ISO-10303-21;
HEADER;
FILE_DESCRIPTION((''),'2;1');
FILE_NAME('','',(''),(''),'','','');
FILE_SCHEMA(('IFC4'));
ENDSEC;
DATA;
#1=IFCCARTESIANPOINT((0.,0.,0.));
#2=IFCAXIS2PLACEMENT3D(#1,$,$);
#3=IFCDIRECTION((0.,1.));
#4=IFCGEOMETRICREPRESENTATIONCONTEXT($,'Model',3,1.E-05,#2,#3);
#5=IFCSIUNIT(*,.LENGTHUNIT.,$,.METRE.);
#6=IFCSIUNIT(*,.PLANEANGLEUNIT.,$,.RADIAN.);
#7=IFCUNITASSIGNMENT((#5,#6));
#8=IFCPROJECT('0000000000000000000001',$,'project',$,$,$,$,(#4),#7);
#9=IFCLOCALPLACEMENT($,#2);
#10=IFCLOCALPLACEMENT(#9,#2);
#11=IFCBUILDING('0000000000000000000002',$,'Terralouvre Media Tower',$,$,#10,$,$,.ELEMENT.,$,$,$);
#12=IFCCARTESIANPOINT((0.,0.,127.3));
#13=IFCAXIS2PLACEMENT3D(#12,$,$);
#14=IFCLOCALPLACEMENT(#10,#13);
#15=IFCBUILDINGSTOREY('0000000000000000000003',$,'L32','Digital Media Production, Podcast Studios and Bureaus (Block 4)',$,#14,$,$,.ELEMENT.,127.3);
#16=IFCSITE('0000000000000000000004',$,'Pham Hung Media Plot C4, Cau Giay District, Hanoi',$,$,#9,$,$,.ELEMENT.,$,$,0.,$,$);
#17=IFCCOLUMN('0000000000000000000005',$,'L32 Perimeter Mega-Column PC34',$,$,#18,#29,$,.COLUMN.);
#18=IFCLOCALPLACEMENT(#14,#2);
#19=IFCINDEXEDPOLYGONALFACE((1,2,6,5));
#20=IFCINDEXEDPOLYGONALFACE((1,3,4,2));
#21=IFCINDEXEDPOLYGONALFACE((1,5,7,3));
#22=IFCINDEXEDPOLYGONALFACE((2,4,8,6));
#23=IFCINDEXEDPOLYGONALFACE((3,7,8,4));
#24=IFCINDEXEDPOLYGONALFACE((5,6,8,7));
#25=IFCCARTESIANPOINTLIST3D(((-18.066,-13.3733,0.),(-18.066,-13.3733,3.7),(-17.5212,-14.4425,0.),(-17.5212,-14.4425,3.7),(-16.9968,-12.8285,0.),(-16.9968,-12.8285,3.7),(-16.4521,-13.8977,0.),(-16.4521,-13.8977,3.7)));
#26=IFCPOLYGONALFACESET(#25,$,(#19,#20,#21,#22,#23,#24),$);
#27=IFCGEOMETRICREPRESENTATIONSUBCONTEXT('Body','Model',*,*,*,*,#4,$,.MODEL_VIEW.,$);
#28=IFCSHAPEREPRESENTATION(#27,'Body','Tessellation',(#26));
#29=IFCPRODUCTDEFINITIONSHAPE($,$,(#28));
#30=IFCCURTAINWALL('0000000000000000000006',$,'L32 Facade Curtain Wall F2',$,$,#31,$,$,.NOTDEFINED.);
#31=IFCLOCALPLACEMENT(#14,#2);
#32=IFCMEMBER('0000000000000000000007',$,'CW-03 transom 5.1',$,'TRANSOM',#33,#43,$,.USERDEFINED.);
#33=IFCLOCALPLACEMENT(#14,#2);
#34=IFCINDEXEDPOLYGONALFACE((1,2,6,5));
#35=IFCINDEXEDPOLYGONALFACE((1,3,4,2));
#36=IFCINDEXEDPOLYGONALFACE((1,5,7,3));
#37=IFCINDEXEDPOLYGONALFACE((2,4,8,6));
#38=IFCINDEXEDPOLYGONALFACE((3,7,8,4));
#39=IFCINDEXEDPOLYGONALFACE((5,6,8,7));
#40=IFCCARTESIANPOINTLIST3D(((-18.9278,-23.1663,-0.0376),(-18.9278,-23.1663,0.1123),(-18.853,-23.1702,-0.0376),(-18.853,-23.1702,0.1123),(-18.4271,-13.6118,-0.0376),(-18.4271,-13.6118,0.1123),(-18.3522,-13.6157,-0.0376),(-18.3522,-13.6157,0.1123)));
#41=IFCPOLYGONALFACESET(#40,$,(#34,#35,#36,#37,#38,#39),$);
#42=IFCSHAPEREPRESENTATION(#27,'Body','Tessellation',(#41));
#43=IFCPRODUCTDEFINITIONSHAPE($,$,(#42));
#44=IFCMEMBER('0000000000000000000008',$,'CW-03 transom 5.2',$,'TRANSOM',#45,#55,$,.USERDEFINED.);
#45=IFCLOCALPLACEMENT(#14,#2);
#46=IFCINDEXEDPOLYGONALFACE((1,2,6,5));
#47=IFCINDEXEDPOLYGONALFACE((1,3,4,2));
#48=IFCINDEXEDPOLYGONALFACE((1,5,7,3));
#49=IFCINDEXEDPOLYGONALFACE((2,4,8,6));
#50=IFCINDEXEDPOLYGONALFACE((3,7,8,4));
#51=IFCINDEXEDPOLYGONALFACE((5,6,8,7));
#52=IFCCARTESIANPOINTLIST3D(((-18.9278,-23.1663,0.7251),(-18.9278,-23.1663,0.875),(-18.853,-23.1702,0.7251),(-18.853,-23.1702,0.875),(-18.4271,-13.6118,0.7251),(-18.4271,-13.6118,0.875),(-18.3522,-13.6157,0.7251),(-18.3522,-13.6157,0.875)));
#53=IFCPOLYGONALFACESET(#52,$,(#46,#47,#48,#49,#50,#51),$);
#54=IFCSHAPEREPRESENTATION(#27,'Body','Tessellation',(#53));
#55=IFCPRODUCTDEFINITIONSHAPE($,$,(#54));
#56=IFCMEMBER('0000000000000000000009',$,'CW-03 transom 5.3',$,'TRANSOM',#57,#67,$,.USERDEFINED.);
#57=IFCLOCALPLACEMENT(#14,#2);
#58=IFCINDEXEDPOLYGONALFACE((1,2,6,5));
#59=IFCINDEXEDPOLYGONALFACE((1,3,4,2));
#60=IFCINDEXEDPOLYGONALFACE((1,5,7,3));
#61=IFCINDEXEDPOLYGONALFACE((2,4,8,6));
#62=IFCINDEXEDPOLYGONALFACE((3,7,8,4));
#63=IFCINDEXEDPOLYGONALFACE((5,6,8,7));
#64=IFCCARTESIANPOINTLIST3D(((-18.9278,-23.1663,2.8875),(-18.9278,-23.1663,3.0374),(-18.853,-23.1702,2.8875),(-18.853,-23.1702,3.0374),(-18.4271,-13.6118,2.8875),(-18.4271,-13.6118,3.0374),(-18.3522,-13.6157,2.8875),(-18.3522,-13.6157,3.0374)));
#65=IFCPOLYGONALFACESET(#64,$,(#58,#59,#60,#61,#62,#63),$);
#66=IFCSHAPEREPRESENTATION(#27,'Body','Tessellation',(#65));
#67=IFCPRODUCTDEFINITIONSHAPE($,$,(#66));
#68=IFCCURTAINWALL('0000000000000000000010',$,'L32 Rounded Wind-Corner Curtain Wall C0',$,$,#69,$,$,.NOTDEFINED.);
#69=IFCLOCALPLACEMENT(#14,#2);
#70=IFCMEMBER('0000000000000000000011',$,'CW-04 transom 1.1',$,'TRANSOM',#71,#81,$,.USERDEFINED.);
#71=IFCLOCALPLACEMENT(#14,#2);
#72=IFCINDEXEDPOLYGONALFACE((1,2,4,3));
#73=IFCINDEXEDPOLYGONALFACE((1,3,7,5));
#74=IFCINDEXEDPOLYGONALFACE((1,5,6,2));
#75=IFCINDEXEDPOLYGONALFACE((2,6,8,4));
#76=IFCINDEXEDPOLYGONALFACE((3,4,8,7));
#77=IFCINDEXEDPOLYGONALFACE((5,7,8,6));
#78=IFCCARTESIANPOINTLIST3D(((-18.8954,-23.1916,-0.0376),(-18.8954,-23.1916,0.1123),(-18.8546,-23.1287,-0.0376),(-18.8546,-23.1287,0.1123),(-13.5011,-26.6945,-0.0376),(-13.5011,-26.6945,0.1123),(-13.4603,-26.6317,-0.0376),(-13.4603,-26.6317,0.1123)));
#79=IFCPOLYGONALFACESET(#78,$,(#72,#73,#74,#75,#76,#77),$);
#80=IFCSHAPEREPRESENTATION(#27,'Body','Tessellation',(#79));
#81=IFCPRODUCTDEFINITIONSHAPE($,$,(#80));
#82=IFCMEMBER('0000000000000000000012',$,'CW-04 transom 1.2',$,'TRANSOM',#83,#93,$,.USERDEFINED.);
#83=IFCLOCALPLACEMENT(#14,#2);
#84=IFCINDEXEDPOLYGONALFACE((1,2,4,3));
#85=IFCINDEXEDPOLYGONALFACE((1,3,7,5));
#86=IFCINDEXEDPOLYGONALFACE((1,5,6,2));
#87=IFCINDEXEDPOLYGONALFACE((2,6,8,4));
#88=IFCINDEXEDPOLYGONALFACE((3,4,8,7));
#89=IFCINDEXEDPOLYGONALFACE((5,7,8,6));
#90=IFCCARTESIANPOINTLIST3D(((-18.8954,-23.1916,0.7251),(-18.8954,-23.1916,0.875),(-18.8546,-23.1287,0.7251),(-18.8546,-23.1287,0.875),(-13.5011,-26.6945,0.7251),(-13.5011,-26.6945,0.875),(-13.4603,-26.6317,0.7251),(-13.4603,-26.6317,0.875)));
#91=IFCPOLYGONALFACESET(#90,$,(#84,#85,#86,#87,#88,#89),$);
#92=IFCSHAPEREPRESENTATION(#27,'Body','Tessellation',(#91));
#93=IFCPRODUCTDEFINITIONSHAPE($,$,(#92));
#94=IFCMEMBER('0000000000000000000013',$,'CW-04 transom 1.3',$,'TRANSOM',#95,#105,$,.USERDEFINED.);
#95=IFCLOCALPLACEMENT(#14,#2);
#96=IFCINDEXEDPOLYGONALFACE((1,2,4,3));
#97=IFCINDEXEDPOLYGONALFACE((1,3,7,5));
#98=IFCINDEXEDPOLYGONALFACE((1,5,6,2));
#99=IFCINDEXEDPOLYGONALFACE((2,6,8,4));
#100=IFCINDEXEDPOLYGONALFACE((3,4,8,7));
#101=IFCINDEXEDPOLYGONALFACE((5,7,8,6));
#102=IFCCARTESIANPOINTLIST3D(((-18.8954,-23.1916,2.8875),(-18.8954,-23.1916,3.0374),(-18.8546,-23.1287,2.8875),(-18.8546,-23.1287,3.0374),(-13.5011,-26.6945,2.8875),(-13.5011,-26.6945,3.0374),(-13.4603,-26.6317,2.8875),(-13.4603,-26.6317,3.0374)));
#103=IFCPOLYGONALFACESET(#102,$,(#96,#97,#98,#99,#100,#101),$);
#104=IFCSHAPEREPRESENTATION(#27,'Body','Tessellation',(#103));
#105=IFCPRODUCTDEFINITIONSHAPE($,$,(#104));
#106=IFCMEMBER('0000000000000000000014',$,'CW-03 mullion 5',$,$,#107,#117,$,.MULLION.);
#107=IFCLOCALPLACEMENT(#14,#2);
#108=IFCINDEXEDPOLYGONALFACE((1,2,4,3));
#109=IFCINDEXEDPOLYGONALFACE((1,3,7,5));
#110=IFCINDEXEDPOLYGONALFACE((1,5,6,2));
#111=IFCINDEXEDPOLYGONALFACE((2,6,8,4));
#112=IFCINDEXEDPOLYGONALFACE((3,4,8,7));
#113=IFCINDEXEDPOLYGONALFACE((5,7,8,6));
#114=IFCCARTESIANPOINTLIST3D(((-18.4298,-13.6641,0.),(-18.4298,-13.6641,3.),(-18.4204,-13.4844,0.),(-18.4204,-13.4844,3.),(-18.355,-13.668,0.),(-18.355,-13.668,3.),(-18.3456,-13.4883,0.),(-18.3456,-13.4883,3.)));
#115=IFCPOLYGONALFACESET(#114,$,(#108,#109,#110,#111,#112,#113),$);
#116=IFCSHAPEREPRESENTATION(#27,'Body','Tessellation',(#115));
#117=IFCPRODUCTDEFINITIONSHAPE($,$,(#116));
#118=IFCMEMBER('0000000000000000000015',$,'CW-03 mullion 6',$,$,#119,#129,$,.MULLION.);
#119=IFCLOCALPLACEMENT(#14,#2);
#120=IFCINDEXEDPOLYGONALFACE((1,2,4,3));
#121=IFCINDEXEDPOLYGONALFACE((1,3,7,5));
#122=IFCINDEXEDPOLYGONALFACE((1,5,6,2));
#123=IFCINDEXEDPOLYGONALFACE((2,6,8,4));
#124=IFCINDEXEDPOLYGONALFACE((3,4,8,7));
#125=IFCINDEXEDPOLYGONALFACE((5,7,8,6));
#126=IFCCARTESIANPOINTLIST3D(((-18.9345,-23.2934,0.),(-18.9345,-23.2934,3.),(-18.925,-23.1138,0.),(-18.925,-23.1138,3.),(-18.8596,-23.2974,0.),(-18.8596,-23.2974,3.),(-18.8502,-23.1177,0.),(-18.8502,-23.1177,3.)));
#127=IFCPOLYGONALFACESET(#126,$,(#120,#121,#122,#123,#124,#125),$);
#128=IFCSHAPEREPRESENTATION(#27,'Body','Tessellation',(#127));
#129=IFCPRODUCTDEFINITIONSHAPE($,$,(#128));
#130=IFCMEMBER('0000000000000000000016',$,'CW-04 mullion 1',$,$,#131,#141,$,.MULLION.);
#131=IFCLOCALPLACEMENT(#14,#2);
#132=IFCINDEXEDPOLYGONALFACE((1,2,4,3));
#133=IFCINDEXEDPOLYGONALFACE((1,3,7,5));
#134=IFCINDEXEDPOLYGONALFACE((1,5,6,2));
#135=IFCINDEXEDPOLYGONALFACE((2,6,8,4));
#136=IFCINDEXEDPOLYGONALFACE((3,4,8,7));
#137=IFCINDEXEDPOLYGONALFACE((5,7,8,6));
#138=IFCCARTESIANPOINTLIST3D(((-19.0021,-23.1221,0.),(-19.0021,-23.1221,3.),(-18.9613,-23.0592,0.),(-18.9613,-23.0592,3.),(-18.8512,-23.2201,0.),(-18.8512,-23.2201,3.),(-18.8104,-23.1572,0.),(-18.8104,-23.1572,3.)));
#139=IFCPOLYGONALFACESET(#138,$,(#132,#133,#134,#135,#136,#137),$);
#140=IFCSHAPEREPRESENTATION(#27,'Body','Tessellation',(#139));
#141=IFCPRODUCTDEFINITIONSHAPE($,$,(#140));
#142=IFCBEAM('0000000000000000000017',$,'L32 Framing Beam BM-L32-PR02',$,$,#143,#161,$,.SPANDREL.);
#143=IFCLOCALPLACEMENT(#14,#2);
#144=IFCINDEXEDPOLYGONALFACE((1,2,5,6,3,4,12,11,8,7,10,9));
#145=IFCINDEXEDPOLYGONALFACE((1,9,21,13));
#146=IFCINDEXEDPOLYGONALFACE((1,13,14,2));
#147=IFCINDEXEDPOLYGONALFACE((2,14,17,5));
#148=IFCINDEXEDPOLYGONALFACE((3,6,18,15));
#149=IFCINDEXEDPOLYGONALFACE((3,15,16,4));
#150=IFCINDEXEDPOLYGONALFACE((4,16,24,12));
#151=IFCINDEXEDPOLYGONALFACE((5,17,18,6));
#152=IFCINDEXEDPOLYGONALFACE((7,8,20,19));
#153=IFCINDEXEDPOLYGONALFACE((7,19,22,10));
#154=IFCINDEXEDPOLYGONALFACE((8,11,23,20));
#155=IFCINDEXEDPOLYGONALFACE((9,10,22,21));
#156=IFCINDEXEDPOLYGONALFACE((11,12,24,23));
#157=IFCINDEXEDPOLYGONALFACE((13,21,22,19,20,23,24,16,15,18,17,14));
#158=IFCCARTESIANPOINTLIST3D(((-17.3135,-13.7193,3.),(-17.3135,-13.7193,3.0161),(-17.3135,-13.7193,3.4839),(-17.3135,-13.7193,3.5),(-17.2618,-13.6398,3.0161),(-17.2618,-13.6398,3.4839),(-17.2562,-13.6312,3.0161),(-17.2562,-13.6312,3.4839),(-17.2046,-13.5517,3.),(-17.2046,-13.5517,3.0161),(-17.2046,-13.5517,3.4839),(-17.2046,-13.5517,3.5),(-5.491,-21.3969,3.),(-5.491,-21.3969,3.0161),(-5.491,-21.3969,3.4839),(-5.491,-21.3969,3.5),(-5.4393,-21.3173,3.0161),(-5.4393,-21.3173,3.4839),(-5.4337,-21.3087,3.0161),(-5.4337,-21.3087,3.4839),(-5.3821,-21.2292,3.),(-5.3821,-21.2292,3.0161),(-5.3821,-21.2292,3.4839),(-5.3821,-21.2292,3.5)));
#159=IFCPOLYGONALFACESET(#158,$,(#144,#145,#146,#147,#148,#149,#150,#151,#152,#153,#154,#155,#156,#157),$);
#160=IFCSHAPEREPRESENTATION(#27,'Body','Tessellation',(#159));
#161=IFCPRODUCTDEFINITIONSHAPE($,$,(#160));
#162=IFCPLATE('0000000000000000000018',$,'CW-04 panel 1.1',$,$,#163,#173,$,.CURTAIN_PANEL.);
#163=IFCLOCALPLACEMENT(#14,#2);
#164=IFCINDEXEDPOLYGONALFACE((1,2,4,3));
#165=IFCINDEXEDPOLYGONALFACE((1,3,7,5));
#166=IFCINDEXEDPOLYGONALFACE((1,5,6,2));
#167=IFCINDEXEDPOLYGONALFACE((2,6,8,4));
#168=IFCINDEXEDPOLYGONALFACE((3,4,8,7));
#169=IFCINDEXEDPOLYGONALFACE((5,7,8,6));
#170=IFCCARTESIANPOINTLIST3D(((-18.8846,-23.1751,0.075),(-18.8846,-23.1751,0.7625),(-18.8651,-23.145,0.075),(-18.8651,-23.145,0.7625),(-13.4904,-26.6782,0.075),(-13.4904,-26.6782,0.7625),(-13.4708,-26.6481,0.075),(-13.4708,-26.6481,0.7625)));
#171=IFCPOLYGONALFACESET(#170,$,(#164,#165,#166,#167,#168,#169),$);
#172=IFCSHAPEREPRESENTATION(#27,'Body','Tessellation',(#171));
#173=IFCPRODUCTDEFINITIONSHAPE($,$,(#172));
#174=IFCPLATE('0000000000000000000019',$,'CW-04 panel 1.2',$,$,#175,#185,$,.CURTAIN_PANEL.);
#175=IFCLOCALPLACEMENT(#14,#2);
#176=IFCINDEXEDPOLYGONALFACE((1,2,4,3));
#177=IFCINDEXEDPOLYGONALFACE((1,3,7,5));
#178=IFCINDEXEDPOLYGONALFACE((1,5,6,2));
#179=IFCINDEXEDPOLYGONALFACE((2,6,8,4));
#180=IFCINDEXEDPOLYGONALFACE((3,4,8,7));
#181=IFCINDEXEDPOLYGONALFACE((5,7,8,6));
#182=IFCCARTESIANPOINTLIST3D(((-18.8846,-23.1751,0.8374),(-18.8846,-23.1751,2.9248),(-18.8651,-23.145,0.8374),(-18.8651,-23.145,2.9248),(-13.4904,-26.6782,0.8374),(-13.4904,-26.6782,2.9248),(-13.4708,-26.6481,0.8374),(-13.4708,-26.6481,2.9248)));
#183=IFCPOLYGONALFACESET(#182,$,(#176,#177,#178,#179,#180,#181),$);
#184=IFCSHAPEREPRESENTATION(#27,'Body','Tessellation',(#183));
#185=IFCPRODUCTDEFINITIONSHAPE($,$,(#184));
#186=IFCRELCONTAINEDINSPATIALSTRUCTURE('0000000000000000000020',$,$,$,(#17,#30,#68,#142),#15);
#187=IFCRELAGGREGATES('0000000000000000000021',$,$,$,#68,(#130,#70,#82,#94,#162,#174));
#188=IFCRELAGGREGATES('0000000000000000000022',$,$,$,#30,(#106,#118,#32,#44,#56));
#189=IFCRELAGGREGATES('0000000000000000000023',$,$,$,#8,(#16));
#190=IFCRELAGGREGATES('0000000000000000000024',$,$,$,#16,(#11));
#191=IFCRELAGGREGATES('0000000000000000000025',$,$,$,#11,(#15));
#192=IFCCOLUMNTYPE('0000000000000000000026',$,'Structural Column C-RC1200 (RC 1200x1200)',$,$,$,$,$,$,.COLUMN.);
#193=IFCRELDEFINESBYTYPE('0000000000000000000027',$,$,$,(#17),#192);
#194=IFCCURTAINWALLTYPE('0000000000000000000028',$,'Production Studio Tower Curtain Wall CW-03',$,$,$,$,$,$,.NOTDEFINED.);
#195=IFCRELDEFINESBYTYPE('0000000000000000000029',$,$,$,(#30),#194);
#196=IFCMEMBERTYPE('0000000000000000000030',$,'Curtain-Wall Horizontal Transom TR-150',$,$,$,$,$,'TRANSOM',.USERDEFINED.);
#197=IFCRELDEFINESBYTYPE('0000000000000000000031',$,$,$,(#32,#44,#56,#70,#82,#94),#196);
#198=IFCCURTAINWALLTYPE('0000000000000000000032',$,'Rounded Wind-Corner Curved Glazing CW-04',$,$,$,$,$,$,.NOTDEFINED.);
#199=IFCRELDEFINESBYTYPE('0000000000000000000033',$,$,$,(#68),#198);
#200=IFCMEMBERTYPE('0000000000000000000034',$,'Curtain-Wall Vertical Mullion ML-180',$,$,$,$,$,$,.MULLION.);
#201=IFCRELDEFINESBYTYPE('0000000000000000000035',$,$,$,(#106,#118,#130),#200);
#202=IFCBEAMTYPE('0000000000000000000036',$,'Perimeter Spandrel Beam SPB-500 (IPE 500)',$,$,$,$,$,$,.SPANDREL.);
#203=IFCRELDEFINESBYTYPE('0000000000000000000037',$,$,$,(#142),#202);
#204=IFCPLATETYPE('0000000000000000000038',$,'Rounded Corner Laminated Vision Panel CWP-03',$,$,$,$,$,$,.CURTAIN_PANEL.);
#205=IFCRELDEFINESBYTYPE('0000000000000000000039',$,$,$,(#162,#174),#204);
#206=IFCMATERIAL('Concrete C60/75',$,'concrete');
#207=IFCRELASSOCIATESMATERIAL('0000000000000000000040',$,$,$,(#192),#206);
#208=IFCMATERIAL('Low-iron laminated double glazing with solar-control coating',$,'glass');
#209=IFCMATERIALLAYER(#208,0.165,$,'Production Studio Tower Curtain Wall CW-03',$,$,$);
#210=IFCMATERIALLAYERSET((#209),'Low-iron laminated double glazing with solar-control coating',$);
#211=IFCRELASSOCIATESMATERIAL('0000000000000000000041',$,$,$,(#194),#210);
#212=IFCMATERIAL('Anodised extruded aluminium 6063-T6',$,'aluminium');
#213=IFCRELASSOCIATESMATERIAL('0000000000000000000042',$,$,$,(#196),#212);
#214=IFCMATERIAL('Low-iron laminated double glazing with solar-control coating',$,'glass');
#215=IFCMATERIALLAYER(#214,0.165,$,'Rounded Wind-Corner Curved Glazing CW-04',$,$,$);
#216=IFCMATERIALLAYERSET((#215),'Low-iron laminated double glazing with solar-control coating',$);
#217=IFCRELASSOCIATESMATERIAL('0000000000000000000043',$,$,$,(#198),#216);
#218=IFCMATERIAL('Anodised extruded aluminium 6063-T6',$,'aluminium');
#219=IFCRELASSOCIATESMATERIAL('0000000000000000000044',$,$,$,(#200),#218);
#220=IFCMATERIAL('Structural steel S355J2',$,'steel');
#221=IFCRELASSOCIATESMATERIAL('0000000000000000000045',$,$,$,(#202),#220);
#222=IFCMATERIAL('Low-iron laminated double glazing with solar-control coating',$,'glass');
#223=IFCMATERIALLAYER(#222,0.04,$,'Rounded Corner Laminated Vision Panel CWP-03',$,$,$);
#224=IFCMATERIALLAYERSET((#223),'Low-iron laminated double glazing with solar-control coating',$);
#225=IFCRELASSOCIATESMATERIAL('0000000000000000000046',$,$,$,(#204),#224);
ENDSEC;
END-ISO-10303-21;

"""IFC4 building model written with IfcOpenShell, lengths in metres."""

from ifc_helpers import new_model, si_unit, direction, frame, origin, origin_2d, place, context, subcontext, project, spatial, rectangle, i_section, extrude, material, layer, layer_set, material_profile, profile_set, type_object, element, aggregate, save


model = new_model("IFC4")

# Units and contexts
model_context = context("Model", 3, precision=1e-05, world=origin(), true_north=direction((0.0, 1.0)))
body_context = subcontext(model_context, "Body", "Model", "MODEL_VIEW")
ifc_project = project(units=[si_unit("LENGTHUNIT", "METRE"), si_unit("PLANEANGLEUNIT", "RADIAN")], contexts=[model_context])

# Site, building, storey
site_placement = place(None, origin())
site = spatial("IfcSite", under=ifc_project, at=site_placement, Name="Pham Hung Media Plot C4, Cau Giay District, Hanoi", CompositionType="ELEMENT", RefElevation=0.0)
building_placement = place(site_placement, origin())
building = spatial("IfcBuilding", under=site, at=building_placement, Name="Terralouvre Media Tower", CompositionType="ELEMENT")
storey_placement = place(building_placement, frame((0.0, 0.0, 127.3)))
storey = spatial("IfcBuildingStorey", under=building, at=storey_placement, Name="L32", Description="Digital Media Production, Podcast Studios and Bureaus (Block 4)", CompositionType="ELEMENT", Elevation=127.3)

# Column
ifc_material_1 = material(Name="Concrete C60/75", Category="concrete")
ifc_material_profile_1 = material_profile(ifc_material_1, rectangle(XDim=1.2, YDim=1.2, at=origin_2d()), Name="RC 1200x1200")
ifc_profile_set_1 = profile_set([ifc_material_profile_1], Name="Concrete C60/75")
column_type = type_object("IfcColumnType", Name="Structural Column C-RC1200 (RC 1200x1200)", PredefinedType="COLUMN", material=ifc_profile_set_1)
column_placement = place(storey_placement, frame((-17.259, -13.6355, 0.0), z_axis=(0.0, 0.0, 1.0), x_axis=(0.891007, 0.45399, 0.0)))
element("IfcColumn", 1, at=column_placement, inside=storey, type_object=column_type, Name="L32 Perimeter Mega-Column PC34", PredefinedType="COLUMN", context=body_context, shape_type="SweptSolid", body=[
    extrude(rectangle(XDim=1.2, YDim=1.2, at=origin_2d()), origin(), (0.0, 0.0, 1.0), 3.7),
])

# Curtain walls, members
ifc_material_2 = material(Name="Low-iron laminated double glazing with solar-control coating", Category="glass")
ifc_layer_1 = layer(ifc_material_2, 0.165, Name="Production Studio Tower Curtain Wall CW-03")
ifc_layer_set_1 = layer_set([ifc_layer_1], Name="Low-iron laminated double glazing with solar-control coating")
curtain_wall_type_1 = type_object("IfcCurtainWallType", Name="Production Studio Tower Curtain Wall CW-03", PredefinedType="NOTDEFINED", material=ifc_layer_set_1)
curtain_wall_1_placement = place(storey_placement, origin())
curtain_wall_1 = element("IfcCurtainWall", 2, at=curtain_wall_1_placement, inside=storey, type_object=curtain_wall_type_1, Name="L32 Facade Curtain Wall F2", PredefinedType="NOTDEFINED")
ifc_material_3 = material(Name="Anodised extruded aluminium 6063-T6", Category="aluminium")
ifc_material_profile_2 = material_profile(ifc_material_3, rectangle(XDim=0.075, YDim=0.1499, at=origin_2d()), Name="ALU 75x150")
ifc_profile_set_2 = profile_set([ifc_material_profile_2], Name="Anodised extruded aluminium 6063-T6")
member_type_1 = type_object("IfcMemberType", Name="Curtain-Wall Horizontal Transom TR-150", ElementType="TRANSOM", PredefinedType="USERDEFINED", material=ifc_profile_set_2)
member_1_placement = place(storey_placement, frame((-18.3896, -13.6138, 0.0374), z_axis=(-0.052337, -0.99863, 0.0), x_axis=(0.99863, -0.052337, 0.0)))
member_1 = element("IfcMember", 3, at=member_1_placement, type_object=member_type_1, Name="CW-03 transom 5.1", ObjectType="TRANSOM", PredefinedType="USERDEFINED", context=body_context, shape_type="SweptSolid", body=[
    extrude(rectangle(XDim=0.075, YDim=0.1499, at=origin_2d()), origin(), (0.0, 0.0, 1.0), 9.5676),
])
member_2_placement = place(storey_placement, frame((-18.3896, -13.6138, 0.8), z_axis=(-0.052337, -0.99863, 0.0), x_axis=(0.99863, -0.052337, 0.0)))
member_2 = element("IfcMember", 4, at=member_2_placement, type_object=member_type_1, Name="CW-03 transom 5.2", ObjectType="TRANSOM", PredefinedType="USERDEFINED", context=body_context, shape_type="SweptSolid", body=[
    extrude(rectangle(XDim=0.075, YDim=0.1499, at=origin_2d()), origin(), (0.0, 0.0, 1.0), 9.5676),
])
member_3_placement = place(storey_placement, frame((-18.3896, -13.6138, 2.9624), z_axis=(-0.052337, -0.99863, 0.0), x_axis=(0.99863, -0.052337, 0.0)))
member_3 = element("IfcMember", 5, at=member_3_placement, type_object=member_type_1, Name="CW-03 transom 5.3", ObjectType="TRANSOM", PredefinedType="USERDEFINED", context=body_context, shape_type="SweptSolid", body=[
    extrude(rectangle(XDim=0.075, YDim=0.1499, at=origin_2d()), origin(), (0.0, 0.0, 1.0), 9.5676),
])
ifc_material_4 = material(Name="Low-iron laminated double glazing with solar-control coating", Category="glass")
ifc_layer_2 = layer(ifc_material_4, 0.165, Name="Rounded Wind-Corner Curved Glazing CW-04")
ifc_layer_set_2 = layer_set([ifc_layer_2], Name="Low-iron laminated double glazing with solar-control coating")
curtain_wall_type_2 = type_object("IfcCurtainWallType", Name="Rounded Wind-Corner Curved Glazing CW-04", PredefinedType="NOTDEFINED", material=ifc_layer_set_2)
curtain_wall_2_placement = place(storey_placement, origin())
curtain_wall_2 = element("IfcCurtainWall", 6, at=curtain_wall_2_placement, inside=storey, type_object=curtain_wall_type_2, Name="L32 Rounded Wind-Corner Curtain Wall C0", PredefinedType="NOTDEFINED")
member_4_placement = place(storey_placement, frame((-18.875, -23.1602, 0.0374), z_axis=(0.838682, -0.544621, 0.0), x_axis=(0.544621, 0.838682, 0.0)))
member_4 = element("IfcMember", 7, at=member_4_placement, type_object=member_type_1, Name="CW-04 transom 1.1", ObjectType="TRANSOM", PredefinedType="USERDEFINED", context=body_context, shape_type="SweptSolid", body=[
    extrude(rectangle(XDim=0.075, YDim=0.1499, at=origin_2d()), origin(), (0.0, 0.0, 1.0), 6.4319),
])
member_5_placement = place(storey_placement, frame((-18.875, -23.1602, 0.8), z_axis=(0.838682, -0.544621, 0.0), x_axis=(0.544621, 0.838682, 0.0)))
member_5 = element("IfcMember", 8, at=member_5_placement, type_object=member_type_1, Name="CW-04 transom 1.2", ObjectType="TRANSOM", PredefinedType="USERDEFINED", context=body_context, shape_type="SweptSolid", body=[
    extrude(rectangle(XDim=0.075, YDim=0.1499, at=origin_2d()), origin(), (0.0, 0.0, 1.0), 6.4319),
])
member_6_placement = place(storey_placement, frame((-18.875, -23.1602, 2.9624), z_axis=(0.838682, -0.544621, 0.0), x_axis=(0.544621, 0.838682, 0.0)))
member_6 = element("IfcMember", 9, at=member_6_placement, type_object=member_type_1, Name="CW-04 transom 1.3", ObjectType="TRANSOM", PredefinedType="USERDEFINED", context=body_context, shape_type="SweptSolid", body=[
    extrude(rectangle(XDim=0.075, YDim=0.1499, at=origin_2d()), origin(), (0.0, 0.0, 1.0), 6.4319),
])

# Members
ifc_material_5 = material(Name="Anodised extruded aluminium 6063-T6", Category="aluminium")
ifc_material_profile_3 = material_profile(ifc_material_5, rectangle(XDim=0.075, YDim=0.1799, at=origin_2d()), Name="ALU 75x180")
ifc_profile_set_3 = profile_set([ifc_material_profile_3], Name="Anodised extruded aluminium 6063-T6")
member_type_2 = type_object("IfcMemberType", Name="Curtain-Wall Vertical Mullion ML-180", PredefinedType="MULLION", material=ifc_profile_set_3)
member_7_placement = place(storey_placement, frame((-18.3877, -13.5762, 0.0), z_axis=(0.0, 0.0, 1.0), x_axis=(0.99863, -0.052336, 0.0)))
member_7 = element("IfcMember", 10, at=member_7_placement, type_object=member_type_2, Name="CW-03 mullion 5", PredefinedType="MULLION", context=body_context, shape_type="SweptSolid", body=[
    extrude(rectangle(XDim=0.075, YDim=0.1799, at=origin_2d()), origin(), (0.0, 0.0, 1.0), 3.0),
])
member_8_placement = place(storey_placement, frame((-18.8923, -23.2056, 0.0), z_axis=(0.0, 0.0, 1.0), x_axis=(0.99863, -0.052336, 0.0)))
member_8 = element("IfcMember", 11, at=member_8_placement, type_object=member_type_2, Name="CW-03 mullion 6", PredefinedType="MULLION", context=body_context, shape_type="SweptSolid", body=[
    extrude(rectangle(XDim=0.075, YDim=0.1799, at=origin_2d()), origin(), (0.0, 0.0, 1.0), 3.0),
])
member_9_placement = place(storey_placement, frame((-18.9062, -23.1396, 0.0), z_axis=(0.0, 0.0, 1.0), x_axis=(0.544639, 0.83867, 0.0)))
member_9 = element("IfcMember", 12, at=member_9_placement, type_object=member_type_2, Name="CW-04 mullion 1", PredefinedType="MULLION", context=body_context, shape_type="SweptSolid", body=[
    extrude(rectangle(XDim=0.075, YDim=0.1799, at=origin_2d()), origin(), (0.0, 0.0, 1.0), 3.0),
])

# Beam
ifc_material_6 = material(Name="Structural steel S355J2", Category="steel")
ifc_material_profile_4 = material_profile(ifc_material_6, i_section(OverallWidth=0.2, OverallDepth=0.5, WebThickness=0.0103, FlangeThickness=0.0161, at=origin_2d()), Name="IPE 500")
ifc_profile_set_4 = profile_set([ifc_material_profile_4], Name="Structural steel S355J2")
beam_type = type_object("IfcBeamType", Name="Perimeter Spandrel Beam SPB-500 (IPE 500)", PredefinedType="SPANDREL", material=ifc_profile_set_4)
beam_placement = place(storey_placement, frame((-17.259, -13.6355, 3.25), z_axis=(0.838675, -0.544632, 0.0), x_axis=(0.544632, 0.838675, 0.0)))
element("IfcBeam", 13, at=beam_placement, inside=storey, type_object=beam_type, Name="L32 Framing Beam BM-L32-PR02", PredefinedType="SPANDREL", context=body_context, shape_type="SweptSolid", body=[
    extrude(i_section(OverallWidth=0.2, OverallDepth=0.5, WebThickness=0.0103, FlangeThickness=0.0161, at=origin_2d()), origin(), (0.0, 0.0, 1.0), 14.0967),
])

# Plates
ifc_material_7 = material(Name="Low-iron laminated double glazing with solar-control coating", Category="glass")
ifc_layer_3 = layer(ifc_material_7, 0.04, Name="Rounded Corner Laminated Vision Panel CWP-03")
ifc_layer_set_3 = layer_set([ifc_layer_3], Name="Low-iron laminated double glazing with solar-control coating")
plate_type_1 = type_object("IfcPlateType", Name="Rounded Corner Laminated Vision Panel CWP-03", PredefinedType="CURTAIN_PANEL", material=ifc_layer_set_3)
plate_1_placement = place(storey_placement, frame((-16.1777, -24.9116, 0.075), z_axis=(0.0, 0.0, 1.0), x_axis=(0.83867, -0.544639, 0.0)))
plate_1 = element("IfcPlate", 14, at=plate_1_placement, type_object=plate_type_1, Name="CW-04 panel 1.1", PredefinedType="CURTAIN_PANEL", context=body_context, shape_type="SweptSolid", body=[
    extrude(rectangle(XDim=6.4319, YDim=0.0359, at=origin_2d()), origin(), (0.0, 0.0, 1.0), 0.6875),
])
plate_2_placement = place(storey_placement, frame((-16.1777, -24.9116, 0.8374), z_axis=(0.0, 0.0, 1.0), x_axis=(0.83867, -0.544639, 0.0)))
plate_2 = element("IfcPlate", 15, at=plate_2_placement, type_object=plate_type_1, Name="CW-04 panel 1.2", PredefinedType="CURTAIN_PANEL", context=body_context, shape_type="SweptSolid", body=[
    extrude(rectangle(XDim=6.4319, YDim=0.0359, at=origin_2d()), origin(), (0.0, 0.0, 1.0), 2.0874),
])
aggregate(curtain_wall_2, [member_9, member_4, member_5, member_6, plate_1, plate_2])
aggregate(curtain_wall_1, [member_7, member_8, member_1, member_2, member_3])

save(model, "model.ifc")
